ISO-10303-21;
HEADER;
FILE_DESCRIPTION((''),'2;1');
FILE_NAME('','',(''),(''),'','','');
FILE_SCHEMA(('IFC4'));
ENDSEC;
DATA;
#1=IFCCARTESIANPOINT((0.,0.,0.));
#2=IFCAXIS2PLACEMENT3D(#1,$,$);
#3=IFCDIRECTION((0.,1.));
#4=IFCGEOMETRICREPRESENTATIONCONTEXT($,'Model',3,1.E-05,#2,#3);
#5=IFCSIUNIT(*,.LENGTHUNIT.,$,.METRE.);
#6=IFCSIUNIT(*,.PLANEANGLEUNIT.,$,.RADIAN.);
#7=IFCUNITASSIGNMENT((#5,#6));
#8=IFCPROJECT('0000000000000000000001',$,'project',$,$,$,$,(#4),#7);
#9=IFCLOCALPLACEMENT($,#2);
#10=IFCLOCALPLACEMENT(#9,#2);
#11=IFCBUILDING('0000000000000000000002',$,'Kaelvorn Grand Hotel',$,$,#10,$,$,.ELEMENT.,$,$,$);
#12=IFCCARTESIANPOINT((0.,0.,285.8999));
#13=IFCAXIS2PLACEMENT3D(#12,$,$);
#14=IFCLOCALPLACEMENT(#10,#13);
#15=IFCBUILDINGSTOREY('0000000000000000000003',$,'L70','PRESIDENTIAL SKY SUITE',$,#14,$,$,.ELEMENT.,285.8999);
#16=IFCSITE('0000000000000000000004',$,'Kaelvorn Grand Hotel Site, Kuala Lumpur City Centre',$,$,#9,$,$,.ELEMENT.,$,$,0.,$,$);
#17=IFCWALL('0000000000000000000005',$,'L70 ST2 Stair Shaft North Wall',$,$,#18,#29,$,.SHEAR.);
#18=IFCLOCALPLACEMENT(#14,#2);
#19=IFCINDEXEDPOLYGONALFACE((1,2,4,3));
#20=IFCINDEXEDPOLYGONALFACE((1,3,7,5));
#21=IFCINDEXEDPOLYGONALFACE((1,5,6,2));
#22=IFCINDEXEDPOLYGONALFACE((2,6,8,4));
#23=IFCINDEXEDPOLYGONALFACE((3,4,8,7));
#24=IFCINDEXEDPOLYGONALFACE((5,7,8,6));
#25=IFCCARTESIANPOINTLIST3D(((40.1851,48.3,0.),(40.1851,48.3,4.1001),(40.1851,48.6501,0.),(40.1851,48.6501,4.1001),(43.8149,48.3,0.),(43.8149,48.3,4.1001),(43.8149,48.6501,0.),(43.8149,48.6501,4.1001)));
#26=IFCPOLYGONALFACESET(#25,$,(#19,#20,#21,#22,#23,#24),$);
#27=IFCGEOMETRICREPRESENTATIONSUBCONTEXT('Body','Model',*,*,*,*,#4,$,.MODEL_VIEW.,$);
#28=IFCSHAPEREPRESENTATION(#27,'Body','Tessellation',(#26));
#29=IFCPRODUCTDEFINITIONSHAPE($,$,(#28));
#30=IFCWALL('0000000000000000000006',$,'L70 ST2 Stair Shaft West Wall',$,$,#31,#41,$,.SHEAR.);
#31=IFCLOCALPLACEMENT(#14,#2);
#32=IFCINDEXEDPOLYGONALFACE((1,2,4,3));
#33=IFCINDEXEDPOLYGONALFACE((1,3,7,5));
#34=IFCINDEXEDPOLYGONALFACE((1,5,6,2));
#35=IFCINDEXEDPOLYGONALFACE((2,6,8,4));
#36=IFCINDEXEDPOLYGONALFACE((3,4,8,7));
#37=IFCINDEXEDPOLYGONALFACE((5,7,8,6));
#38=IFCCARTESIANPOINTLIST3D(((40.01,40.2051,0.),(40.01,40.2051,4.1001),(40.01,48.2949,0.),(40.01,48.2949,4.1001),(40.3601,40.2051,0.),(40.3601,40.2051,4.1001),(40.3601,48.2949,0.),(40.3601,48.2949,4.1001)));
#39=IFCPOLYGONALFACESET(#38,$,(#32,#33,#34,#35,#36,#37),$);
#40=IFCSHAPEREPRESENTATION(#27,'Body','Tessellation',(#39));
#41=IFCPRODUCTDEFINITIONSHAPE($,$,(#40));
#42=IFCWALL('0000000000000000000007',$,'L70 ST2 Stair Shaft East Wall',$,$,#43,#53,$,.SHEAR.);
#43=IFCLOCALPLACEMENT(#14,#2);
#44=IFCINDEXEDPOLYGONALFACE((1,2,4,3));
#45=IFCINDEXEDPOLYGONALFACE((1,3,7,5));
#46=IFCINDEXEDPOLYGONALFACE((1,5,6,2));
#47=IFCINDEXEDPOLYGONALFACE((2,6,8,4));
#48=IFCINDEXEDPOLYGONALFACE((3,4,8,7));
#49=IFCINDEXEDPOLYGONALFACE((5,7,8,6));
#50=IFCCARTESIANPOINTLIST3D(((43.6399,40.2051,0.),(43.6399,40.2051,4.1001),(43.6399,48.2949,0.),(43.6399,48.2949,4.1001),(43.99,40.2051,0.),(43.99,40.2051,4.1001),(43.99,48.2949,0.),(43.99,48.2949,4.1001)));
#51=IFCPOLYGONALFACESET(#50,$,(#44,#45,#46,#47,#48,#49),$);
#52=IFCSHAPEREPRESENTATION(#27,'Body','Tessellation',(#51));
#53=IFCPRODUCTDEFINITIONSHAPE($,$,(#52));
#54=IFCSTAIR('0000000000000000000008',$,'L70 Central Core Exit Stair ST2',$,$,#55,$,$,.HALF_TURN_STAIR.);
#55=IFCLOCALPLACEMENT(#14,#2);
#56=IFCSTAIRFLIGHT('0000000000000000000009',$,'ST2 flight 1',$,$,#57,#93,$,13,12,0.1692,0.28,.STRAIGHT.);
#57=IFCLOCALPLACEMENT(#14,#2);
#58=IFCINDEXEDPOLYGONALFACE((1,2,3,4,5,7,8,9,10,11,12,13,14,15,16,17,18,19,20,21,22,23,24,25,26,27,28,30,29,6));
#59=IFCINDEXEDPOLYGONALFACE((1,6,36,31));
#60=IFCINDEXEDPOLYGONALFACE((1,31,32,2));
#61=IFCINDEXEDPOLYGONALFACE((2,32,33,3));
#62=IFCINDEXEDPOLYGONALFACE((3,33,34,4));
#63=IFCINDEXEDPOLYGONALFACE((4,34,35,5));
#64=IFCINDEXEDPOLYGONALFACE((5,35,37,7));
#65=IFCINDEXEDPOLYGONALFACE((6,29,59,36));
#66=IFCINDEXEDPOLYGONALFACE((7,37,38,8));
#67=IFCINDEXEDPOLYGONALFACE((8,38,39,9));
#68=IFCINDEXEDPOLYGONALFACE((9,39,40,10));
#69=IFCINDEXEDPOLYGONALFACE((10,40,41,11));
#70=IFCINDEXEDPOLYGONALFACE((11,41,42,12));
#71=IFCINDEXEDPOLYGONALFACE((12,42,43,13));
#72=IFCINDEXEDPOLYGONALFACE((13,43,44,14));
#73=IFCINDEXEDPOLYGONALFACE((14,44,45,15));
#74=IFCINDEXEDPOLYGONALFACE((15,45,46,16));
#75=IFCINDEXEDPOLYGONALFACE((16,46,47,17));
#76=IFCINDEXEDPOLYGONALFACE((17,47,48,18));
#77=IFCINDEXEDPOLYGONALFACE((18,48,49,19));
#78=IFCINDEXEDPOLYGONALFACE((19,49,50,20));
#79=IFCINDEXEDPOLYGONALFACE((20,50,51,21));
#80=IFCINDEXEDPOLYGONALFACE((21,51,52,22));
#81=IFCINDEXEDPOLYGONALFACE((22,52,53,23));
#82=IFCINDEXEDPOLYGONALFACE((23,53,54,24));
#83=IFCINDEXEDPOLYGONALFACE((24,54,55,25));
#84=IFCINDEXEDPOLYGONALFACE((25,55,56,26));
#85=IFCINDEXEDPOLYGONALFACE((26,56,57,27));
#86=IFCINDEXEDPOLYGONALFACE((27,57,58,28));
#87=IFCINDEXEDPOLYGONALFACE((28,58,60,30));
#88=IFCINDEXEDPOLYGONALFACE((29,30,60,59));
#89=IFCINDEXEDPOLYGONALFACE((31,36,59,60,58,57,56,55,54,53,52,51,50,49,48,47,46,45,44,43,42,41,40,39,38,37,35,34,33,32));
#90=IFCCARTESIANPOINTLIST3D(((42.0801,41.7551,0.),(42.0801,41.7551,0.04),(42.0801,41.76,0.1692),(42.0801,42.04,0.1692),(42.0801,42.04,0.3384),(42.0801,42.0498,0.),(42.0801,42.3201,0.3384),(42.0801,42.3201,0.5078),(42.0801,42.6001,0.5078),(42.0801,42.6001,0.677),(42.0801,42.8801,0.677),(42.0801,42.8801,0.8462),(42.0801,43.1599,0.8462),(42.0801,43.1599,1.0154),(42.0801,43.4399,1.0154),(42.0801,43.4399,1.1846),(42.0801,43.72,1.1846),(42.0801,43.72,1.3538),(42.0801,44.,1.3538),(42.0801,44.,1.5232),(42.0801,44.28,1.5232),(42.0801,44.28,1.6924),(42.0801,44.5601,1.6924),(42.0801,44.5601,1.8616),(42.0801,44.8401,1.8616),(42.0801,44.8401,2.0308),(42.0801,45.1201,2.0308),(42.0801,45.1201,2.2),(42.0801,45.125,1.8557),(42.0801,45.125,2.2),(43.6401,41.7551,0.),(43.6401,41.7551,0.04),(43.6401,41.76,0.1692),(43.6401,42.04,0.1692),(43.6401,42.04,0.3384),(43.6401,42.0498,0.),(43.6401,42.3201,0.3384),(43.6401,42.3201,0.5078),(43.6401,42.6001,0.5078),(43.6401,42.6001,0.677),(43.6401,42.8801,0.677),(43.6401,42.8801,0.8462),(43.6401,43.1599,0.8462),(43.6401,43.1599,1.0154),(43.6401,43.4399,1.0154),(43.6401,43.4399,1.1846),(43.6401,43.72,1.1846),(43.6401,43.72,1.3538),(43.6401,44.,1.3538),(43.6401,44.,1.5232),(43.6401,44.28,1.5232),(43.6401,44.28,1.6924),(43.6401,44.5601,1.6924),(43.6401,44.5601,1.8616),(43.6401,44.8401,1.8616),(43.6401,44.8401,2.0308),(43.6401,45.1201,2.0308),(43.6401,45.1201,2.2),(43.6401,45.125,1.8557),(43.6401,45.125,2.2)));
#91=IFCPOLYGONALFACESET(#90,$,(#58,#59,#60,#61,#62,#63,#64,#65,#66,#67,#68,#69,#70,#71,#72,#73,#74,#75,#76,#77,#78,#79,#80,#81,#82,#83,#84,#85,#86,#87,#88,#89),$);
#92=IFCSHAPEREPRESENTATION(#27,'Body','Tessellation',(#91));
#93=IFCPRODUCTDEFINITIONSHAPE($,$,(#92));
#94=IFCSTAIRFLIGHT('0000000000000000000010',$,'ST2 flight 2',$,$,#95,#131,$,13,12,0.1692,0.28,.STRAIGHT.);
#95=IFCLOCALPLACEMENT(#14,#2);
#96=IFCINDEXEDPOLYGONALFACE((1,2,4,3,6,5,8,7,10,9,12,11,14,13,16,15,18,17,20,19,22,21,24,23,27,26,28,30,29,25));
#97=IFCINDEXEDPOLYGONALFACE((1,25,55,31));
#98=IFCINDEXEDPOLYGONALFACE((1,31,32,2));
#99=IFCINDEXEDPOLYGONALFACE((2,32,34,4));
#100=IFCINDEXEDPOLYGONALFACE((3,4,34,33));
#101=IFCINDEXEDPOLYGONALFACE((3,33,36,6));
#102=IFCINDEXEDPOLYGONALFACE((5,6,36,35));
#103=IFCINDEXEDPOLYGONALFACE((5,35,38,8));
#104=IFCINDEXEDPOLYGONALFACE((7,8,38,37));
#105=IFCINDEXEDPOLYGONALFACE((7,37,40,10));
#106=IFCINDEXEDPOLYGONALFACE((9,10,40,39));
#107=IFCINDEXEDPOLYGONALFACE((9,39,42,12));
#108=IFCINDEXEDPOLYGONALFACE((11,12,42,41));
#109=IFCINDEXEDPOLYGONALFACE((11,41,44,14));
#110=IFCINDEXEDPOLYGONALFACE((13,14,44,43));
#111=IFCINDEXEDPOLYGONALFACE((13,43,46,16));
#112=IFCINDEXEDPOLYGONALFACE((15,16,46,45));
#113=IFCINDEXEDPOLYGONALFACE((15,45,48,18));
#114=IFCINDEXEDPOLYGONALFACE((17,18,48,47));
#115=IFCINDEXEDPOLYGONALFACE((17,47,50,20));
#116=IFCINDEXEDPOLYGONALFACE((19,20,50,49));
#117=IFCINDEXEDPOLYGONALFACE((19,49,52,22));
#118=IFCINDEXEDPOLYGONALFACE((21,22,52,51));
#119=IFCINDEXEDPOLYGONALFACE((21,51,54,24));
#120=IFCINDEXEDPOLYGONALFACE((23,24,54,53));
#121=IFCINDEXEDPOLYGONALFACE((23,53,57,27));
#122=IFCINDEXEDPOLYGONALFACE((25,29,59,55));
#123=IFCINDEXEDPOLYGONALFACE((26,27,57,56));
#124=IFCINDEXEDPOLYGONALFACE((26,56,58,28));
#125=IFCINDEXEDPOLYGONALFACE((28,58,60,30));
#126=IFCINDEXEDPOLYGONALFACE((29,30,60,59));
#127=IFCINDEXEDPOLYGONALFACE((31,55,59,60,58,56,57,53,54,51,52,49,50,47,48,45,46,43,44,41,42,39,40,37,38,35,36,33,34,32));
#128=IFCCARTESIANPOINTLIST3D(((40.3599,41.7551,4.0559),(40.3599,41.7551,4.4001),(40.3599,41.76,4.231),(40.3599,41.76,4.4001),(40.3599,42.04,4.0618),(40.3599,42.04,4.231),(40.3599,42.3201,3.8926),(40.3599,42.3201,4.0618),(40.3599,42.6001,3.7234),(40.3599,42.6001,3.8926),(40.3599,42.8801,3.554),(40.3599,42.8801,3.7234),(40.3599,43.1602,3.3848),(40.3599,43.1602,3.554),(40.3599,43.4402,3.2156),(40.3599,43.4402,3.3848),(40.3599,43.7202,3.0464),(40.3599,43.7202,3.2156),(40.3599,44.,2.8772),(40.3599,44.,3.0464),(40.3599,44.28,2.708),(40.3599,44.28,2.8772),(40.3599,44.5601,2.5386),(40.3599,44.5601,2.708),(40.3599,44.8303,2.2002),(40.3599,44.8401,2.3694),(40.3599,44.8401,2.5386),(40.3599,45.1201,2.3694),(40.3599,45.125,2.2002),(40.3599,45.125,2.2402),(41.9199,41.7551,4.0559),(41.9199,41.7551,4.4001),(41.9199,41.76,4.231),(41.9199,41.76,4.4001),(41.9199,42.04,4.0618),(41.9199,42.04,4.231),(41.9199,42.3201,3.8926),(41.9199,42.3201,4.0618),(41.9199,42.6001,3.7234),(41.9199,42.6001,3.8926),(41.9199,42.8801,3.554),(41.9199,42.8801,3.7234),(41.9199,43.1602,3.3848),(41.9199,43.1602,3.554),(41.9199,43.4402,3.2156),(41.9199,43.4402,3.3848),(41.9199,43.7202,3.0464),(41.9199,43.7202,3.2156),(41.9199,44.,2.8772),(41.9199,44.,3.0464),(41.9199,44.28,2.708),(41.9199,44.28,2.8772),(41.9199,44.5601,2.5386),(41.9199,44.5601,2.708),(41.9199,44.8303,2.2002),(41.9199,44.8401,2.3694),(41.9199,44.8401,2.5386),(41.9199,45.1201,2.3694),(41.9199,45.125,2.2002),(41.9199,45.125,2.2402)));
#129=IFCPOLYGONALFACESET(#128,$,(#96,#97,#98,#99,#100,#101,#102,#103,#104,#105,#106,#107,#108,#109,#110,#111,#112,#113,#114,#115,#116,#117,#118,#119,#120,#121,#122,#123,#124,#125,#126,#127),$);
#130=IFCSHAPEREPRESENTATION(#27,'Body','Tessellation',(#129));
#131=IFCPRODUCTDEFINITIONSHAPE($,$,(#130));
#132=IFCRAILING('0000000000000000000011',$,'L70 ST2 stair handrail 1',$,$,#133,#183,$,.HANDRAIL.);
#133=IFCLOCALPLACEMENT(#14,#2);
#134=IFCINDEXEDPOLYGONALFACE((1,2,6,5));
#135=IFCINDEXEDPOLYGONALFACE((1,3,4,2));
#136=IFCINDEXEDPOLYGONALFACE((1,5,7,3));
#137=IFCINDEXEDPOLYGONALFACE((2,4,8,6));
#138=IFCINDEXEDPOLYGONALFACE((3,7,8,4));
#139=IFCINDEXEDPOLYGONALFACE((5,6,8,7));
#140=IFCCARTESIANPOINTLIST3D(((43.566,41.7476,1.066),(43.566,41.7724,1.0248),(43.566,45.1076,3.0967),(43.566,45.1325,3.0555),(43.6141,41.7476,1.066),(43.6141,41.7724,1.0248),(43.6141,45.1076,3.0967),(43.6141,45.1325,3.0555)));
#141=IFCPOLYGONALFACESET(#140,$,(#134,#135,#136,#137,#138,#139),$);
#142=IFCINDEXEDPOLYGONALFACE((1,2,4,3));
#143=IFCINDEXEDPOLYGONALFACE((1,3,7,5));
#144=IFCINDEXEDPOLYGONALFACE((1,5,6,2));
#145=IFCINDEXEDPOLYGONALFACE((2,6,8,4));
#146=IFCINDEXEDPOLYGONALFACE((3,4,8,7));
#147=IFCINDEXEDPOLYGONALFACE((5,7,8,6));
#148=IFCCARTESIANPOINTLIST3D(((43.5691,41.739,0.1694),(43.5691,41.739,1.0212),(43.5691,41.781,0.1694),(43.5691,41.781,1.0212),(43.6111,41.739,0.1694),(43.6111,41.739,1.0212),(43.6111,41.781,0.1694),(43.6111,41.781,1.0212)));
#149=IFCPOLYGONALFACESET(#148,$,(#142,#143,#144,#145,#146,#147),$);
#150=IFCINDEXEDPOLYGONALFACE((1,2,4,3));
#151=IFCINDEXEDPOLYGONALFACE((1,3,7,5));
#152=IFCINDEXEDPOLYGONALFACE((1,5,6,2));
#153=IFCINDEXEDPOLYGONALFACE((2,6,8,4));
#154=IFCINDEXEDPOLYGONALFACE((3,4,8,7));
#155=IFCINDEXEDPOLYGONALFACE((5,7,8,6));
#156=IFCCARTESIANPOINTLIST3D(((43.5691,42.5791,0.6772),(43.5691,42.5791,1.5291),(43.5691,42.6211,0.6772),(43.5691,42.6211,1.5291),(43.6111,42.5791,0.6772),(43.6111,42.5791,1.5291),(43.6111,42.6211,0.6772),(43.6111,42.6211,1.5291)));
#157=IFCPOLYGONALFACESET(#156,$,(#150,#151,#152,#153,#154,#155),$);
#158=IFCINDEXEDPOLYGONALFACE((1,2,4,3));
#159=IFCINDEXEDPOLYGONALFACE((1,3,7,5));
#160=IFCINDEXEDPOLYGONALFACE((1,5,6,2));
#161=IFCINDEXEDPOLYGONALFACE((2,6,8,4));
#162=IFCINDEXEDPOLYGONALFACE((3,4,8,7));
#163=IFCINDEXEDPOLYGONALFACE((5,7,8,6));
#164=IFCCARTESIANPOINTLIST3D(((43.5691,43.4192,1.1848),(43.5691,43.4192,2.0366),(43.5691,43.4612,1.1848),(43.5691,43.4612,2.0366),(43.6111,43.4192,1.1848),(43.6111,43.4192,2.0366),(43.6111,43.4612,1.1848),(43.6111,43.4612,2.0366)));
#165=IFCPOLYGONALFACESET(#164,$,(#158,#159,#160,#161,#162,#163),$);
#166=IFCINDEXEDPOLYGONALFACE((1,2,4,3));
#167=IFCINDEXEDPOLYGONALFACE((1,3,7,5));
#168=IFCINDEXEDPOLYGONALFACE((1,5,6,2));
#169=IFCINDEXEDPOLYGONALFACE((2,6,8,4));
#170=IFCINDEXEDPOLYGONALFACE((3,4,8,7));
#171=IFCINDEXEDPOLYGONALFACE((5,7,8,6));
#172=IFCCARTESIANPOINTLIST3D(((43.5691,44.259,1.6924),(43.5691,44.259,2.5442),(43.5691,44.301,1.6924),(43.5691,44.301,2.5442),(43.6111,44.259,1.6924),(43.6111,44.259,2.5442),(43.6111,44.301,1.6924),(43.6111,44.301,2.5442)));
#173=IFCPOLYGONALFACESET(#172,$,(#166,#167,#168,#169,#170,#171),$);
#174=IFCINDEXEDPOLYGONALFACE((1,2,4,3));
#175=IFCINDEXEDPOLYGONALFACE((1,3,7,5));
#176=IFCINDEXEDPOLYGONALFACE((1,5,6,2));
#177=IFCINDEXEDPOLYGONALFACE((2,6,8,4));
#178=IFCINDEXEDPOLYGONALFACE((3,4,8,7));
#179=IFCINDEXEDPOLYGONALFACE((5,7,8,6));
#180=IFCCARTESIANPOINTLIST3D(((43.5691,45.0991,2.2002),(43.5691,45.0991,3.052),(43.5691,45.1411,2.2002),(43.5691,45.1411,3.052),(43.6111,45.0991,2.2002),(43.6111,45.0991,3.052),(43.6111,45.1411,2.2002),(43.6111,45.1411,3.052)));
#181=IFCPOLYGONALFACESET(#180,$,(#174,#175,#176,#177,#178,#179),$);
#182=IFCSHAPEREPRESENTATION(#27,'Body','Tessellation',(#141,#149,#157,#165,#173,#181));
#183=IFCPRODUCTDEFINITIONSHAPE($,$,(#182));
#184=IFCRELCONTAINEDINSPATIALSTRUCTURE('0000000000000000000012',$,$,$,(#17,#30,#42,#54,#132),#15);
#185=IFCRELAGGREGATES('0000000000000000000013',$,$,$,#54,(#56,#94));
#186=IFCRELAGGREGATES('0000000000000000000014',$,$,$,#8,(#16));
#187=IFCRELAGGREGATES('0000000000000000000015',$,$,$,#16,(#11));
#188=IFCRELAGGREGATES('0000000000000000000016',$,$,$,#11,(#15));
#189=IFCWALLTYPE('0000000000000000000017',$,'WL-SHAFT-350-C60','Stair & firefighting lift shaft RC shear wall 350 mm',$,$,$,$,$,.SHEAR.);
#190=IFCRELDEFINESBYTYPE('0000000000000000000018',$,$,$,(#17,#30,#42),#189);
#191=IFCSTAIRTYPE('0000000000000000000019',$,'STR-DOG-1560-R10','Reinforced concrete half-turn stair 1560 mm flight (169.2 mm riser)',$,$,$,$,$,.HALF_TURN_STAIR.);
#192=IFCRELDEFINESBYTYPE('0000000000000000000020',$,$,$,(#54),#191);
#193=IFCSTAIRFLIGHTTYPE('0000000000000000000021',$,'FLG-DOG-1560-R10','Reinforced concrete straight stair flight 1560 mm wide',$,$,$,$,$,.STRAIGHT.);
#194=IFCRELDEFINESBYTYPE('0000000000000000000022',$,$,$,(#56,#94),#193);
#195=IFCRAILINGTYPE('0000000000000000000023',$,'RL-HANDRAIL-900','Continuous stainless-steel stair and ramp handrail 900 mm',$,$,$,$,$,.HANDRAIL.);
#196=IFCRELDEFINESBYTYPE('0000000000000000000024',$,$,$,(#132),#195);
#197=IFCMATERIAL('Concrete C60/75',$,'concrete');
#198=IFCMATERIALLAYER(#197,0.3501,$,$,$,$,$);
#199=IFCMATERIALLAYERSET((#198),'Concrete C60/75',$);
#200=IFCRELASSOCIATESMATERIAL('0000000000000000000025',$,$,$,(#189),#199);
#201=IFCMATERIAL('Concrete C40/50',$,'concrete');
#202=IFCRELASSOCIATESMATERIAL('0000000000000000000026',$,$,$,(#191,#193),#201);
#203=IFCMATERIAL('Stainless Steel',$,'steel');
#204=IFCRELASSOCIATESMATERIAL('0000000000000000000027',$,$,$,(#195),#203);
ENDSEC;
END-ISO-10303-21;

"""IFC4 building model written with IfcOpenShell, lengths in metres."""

from ifc_helpers import new_model, si_unit, direction, frame, frame_2d, origin, origin_2d, place, context, subcontext, project, spatial, polyline, rectangle, outline, extrude, material, layer, layer_set, type_object, element, aggregate, save


model = new_model("IFC4")

# Units and contexts
model_context = context("Model", 3, precision=1e-05, world=origin(), true_north=direction((0.0, 1.0)))
body_context = subcontext(model_context, "Body", "Model", "MODEL_VIEW")
ifc_project = project(units=[si_unit("LENGTHUNIT", "METRE"), si_unit("PLANEANGLEUNIT", "RADIAN")], contexts=[model_context])

# Site, building, storey
site_placement = place(None, origin())
site = spatial("IfcSite", under=ifc_project, at=site_placement, Name="Kaelvorn Grand Hotel Site, Kuala Lumpur City Centre", CompositionType="ELEMENT", RefElevation=0.0)
building_placement = place(site_placement, origin())
building = spatial("IfcBuilding", under=site, at=building_placement, Name="Kaelvorn Grand Hotel", CompositionType="ELEMENT")
storey_placement = place(building_placement, frame((0.0, 0.0, 285.8999)))
storey = spatial("IfcBuildingStorey", under=building, at=storey_placement, Name="L70", Description="PRESIDENTIAL SKY SUITE", CompositionType="ELEMENT", Elevation=285.8999)

# Shared definitions
ifc_material_1 = material(Name="Concrete C60/75", Category="concrete")

# Shared definitions
ifc_material_2 = material(Name="Concrete C40/50", Category="concrete")

# Shared definitions
ifc_layer_1 = layer(ifc_material_1, 0.3501)
ifc_layer_set_1 = layer_set([ifc_layer_1], Name="Concrete C60/75")
wall_type_1 = type_object("IfcWallType", Name="WL-SHAFT-350-C60", Description="Stair & firefighting lift shaft RC shear wall 350 mm", PredefinedType="SHEAR", material=ifc_layer_set_1)

# Walls
wall_1_placement = place(storey_placement, frame((40.1851, 48.4751, 0.0), z_axis=(0.0, 0.0, 1.0), x_axis=(1.0, 0.0, 0.0)))
element("IfcWall", 1, at=wall_1_placement, inside=storey, type_object=wall_type_1, Name="L70 ST2 Stair Shaft North Wall", PredefinedType="SHEAR", context=body_context, shape_type="SweptSolid", body=[
    extrude(rectangle(XDim=3.6299, YDim=0.3501, at=frame_2d((1.8149, 0.0))), origin(), (0.0, 0.0, 1.0), 4.1001),
])
for number, where, z_axis, x_axis, name in (
    (2, (40.1851, 40.2051, 0.0), (0.0, 0.0, 1.0), (0.0, 1.0, 0.0), "L70 ST2 Stair Shaft West Wall"),
    (3, (43.8149, 40.2051, 0.0), (0.0, 0.0, 1.0), (0.0, 1.0, 0.0), "L70 ST2 Stair Shaft East Wall"),
):
    element("IfcWall", number, at=place(storey_placement, frame(where, z_axis=z_axis, x_axis=x_axis)), inside=storey, type_object=wall_type_1, Name=name, PredefinedType="SHEAR", context=body_context, shape_type="SweptSolid", body=[
        extrude(rectangle(XDim=8.0898, YDim=0.3501, at=frame_2d((4.0449, 0.0))), origin(), (0.0, 0.0, 1.0), 4.1001),
    ])

# Stair, stair flights
stair_type = type_object("IfcStairType", Name="STR-DOG-1560-R10", Description="Reinforced concrete half-turn stair 1560 mm flight (169.2 mm riser)", PredefinedType="HALF_TURN_STAIR", material=ifc_material_2)
stair_placement = place(storey_placement, origin())
stair = element("IfcStair", 4, at=stair_placement, inside=storey, type_object=stair_type, Name="L70 Central Core Exit Stair ST2", PredefinedType="HALF_TURN_STAIR")
stair_flight_type = type_object("IfcStairFlightType", Name="FLG-DOG-1560-R10", Description="Reinforced concrete straight stair flight 1560 mm wide", PredefinedType="STRAIGHT", material=ifc_material_2)
stair_flight_1_placement = place(storey_placement, frame((42.8601, 41.76, 0.0), z_axis=(0.0, 0.0, 1.0), x_axis=(0.0, 1.0, 0.0)))
stair_flight_1 = element("IfcStairFlight", 5, at=stair_flight_1_placement, type_object=stair_flight_type, Name="ST2 flight 1", NumberOfRisers=13, NumberOfTreads=12, PredefinedType="STRAIGHT", RiserHeight=0.1692, TreadLength=0.28, context=body_context, shape_type="SweptSolid", body=[
    extrude(outline(polyline([(-0.0049, 0.0), (-0.0049, 0.04), (0.0, 0.1692), (0.28, 0.1692), (0.28, 0.3384), (0.5601, 0.3384), (0.5601, 0.5078), (0.8401, 0.5078), (0.8401, 0.677), (1.1201, 0.677), (1.1201, 0.8462), (1.3999, 0.8462), (1.3999, 1.0154), (1.6799, 1.0154), (1.6799, 1.1846), (1.96, 1.1846), (1.96, 1.3538), (2.24, 1.3538), (2.24, 1.5232), (2.52, 1.5232), (2.52, 1.6924), (2.8, 1.6924), (2.8, 1.8616), (3.0801, 1.8616), (3.0801, 2.0308), (3.3601, 2.0308), (3.3601, 2.2), (3.365, 2.2), (3.365, 1.8557), (0.2898, 0.0), (-0.0049, 0.0)])), frame((0.0, 0.78, 0.0), z_axis=(0.0, -1.0, 0.0), x_axis=(1.0, 0.0, 0.0)), (0.0, 0.0, 1.0), 1.5601),
])
stair_flight_2_placement = place(storey_placement, frame((41.1399, 45.1201, 2.2002), z_axis=(0.0, 0.0, 1.0), x_axis=(0.0, -1.0, 0.0)))
stair_flight_2 = element("IfcStairFlight", 6, at=stair_flight_2_placement, type_object=stair_flight_type, Name="ST2 flight 2", NumberOfRisers=13, NumberOfTreads=12, PredefinedType="STRAIGHT", RiserHeight=0.1692, TreadLength=0.28, context=body_context, shape_type="SweptSolid", body=[
    extrude(outline(polyline([(-0.0049, 0.0), (-0.0049, 0.04), (0.0, 0.1692), (0.28, 0.1692), (0.28, 0.3384), (0.5601, 0.3384), (0.5601, 0.5078), (0.8401, 0.5078), (0.8401, 0.677), (1.1201, 0.677), (1.1201, 0.8462), (1.3999, 0.8462), (1.3999, 1.0154), (1.6799, 1.0154), (1.6799, 1.1846), (1.96, 1.1846), (1.96, 1.3538), (2.24, 1.3538), (2.24, 1.5232), (2.52, 1.5232), (2.52, 1.6924), (2.8, 1.6924), (2.8, 1.8616), (3.0801, 1.8616), (3.0801, 2.0308), (3.3601, 2.0308), (3.3601, 2.2), (3.365, 2.2), (3.365, 1.8557), (0.2898, 0.0), (-0.0049, 0.0)])), frame((0.0, 0.78, 0.0), z_axis=(0.0, -1.0, 0.0), x_axis=(1.0, 0.0, 0.0)), (0.0, 0.0, 1.0), 1.5601),
])
aggregate(stair, [stair_flight_1, stair_flight_2])

# Railing
ifc_material_3 = material(Name="Stainless Steel", Category="steel")
railing_type_1 = type_object("IfcRailingType", Name="RL-HANDRAIL-900", Description="Continuous stainless-steel stair and ramp handrail 900 mm", PredefinedType="HANDRAIL", material=ifc_material_3)
railing_1_placement = place(storey_placement, frame((43.5901, 41.76, 0.1694)))
element("IfcRailing", 7, at=railing_1_placement, inside=storey, type_object=railing_type_1, Name="L70 ST2 stair handrail 1", PredefinedType="HANDRAIL", context=body_context, shape_type="SweptSolid", body=[
    extrude(rectangle(XDim=0.0481, YDim=0.0481, at=origin_2d()), frame((0.0, 0.0, 0.876), z_axis=(0.0, 0.855837, 0.517246), x_axis=(-1.0, 0.0, 0.0)), (0.0, 0.0, 1.0), 3.926),
    extrude(rectangle(XDim=0.042, YDim=0.042, at=origin_2d()), origin(), (0.0, 0.0, 1.0), 0.8518),
    extrude(rectangle(XDim=0.042, YDim=0.042, at=origin_2d()), frame((0.0, 0.8401, 0.5078)), (0.0, 0.0, 1.0), 0.8518),
    extrude(rectangle(XDim=0.042, YDim=0.042, at=origin_2d()), frame((0.0, 1.6802, 1.0154)), (0.0, 0.0, 1.0), 0.8518),
    extrude(rectangle(XDim=0.042, YDim=0.042, at=origin_2d()), frame((0.0, 2.52, 1.5229)), (0.0, 0.0, 1.0), 0.8518),
    extrude(rectangle(XDim=0.042, YDim=0.042, at=origin_2d()), frame((0.0, 3.3601, 2.0308)), (0.0, 0.0, 1.0), 0.8518),
])

save(model, "model.ifc")
